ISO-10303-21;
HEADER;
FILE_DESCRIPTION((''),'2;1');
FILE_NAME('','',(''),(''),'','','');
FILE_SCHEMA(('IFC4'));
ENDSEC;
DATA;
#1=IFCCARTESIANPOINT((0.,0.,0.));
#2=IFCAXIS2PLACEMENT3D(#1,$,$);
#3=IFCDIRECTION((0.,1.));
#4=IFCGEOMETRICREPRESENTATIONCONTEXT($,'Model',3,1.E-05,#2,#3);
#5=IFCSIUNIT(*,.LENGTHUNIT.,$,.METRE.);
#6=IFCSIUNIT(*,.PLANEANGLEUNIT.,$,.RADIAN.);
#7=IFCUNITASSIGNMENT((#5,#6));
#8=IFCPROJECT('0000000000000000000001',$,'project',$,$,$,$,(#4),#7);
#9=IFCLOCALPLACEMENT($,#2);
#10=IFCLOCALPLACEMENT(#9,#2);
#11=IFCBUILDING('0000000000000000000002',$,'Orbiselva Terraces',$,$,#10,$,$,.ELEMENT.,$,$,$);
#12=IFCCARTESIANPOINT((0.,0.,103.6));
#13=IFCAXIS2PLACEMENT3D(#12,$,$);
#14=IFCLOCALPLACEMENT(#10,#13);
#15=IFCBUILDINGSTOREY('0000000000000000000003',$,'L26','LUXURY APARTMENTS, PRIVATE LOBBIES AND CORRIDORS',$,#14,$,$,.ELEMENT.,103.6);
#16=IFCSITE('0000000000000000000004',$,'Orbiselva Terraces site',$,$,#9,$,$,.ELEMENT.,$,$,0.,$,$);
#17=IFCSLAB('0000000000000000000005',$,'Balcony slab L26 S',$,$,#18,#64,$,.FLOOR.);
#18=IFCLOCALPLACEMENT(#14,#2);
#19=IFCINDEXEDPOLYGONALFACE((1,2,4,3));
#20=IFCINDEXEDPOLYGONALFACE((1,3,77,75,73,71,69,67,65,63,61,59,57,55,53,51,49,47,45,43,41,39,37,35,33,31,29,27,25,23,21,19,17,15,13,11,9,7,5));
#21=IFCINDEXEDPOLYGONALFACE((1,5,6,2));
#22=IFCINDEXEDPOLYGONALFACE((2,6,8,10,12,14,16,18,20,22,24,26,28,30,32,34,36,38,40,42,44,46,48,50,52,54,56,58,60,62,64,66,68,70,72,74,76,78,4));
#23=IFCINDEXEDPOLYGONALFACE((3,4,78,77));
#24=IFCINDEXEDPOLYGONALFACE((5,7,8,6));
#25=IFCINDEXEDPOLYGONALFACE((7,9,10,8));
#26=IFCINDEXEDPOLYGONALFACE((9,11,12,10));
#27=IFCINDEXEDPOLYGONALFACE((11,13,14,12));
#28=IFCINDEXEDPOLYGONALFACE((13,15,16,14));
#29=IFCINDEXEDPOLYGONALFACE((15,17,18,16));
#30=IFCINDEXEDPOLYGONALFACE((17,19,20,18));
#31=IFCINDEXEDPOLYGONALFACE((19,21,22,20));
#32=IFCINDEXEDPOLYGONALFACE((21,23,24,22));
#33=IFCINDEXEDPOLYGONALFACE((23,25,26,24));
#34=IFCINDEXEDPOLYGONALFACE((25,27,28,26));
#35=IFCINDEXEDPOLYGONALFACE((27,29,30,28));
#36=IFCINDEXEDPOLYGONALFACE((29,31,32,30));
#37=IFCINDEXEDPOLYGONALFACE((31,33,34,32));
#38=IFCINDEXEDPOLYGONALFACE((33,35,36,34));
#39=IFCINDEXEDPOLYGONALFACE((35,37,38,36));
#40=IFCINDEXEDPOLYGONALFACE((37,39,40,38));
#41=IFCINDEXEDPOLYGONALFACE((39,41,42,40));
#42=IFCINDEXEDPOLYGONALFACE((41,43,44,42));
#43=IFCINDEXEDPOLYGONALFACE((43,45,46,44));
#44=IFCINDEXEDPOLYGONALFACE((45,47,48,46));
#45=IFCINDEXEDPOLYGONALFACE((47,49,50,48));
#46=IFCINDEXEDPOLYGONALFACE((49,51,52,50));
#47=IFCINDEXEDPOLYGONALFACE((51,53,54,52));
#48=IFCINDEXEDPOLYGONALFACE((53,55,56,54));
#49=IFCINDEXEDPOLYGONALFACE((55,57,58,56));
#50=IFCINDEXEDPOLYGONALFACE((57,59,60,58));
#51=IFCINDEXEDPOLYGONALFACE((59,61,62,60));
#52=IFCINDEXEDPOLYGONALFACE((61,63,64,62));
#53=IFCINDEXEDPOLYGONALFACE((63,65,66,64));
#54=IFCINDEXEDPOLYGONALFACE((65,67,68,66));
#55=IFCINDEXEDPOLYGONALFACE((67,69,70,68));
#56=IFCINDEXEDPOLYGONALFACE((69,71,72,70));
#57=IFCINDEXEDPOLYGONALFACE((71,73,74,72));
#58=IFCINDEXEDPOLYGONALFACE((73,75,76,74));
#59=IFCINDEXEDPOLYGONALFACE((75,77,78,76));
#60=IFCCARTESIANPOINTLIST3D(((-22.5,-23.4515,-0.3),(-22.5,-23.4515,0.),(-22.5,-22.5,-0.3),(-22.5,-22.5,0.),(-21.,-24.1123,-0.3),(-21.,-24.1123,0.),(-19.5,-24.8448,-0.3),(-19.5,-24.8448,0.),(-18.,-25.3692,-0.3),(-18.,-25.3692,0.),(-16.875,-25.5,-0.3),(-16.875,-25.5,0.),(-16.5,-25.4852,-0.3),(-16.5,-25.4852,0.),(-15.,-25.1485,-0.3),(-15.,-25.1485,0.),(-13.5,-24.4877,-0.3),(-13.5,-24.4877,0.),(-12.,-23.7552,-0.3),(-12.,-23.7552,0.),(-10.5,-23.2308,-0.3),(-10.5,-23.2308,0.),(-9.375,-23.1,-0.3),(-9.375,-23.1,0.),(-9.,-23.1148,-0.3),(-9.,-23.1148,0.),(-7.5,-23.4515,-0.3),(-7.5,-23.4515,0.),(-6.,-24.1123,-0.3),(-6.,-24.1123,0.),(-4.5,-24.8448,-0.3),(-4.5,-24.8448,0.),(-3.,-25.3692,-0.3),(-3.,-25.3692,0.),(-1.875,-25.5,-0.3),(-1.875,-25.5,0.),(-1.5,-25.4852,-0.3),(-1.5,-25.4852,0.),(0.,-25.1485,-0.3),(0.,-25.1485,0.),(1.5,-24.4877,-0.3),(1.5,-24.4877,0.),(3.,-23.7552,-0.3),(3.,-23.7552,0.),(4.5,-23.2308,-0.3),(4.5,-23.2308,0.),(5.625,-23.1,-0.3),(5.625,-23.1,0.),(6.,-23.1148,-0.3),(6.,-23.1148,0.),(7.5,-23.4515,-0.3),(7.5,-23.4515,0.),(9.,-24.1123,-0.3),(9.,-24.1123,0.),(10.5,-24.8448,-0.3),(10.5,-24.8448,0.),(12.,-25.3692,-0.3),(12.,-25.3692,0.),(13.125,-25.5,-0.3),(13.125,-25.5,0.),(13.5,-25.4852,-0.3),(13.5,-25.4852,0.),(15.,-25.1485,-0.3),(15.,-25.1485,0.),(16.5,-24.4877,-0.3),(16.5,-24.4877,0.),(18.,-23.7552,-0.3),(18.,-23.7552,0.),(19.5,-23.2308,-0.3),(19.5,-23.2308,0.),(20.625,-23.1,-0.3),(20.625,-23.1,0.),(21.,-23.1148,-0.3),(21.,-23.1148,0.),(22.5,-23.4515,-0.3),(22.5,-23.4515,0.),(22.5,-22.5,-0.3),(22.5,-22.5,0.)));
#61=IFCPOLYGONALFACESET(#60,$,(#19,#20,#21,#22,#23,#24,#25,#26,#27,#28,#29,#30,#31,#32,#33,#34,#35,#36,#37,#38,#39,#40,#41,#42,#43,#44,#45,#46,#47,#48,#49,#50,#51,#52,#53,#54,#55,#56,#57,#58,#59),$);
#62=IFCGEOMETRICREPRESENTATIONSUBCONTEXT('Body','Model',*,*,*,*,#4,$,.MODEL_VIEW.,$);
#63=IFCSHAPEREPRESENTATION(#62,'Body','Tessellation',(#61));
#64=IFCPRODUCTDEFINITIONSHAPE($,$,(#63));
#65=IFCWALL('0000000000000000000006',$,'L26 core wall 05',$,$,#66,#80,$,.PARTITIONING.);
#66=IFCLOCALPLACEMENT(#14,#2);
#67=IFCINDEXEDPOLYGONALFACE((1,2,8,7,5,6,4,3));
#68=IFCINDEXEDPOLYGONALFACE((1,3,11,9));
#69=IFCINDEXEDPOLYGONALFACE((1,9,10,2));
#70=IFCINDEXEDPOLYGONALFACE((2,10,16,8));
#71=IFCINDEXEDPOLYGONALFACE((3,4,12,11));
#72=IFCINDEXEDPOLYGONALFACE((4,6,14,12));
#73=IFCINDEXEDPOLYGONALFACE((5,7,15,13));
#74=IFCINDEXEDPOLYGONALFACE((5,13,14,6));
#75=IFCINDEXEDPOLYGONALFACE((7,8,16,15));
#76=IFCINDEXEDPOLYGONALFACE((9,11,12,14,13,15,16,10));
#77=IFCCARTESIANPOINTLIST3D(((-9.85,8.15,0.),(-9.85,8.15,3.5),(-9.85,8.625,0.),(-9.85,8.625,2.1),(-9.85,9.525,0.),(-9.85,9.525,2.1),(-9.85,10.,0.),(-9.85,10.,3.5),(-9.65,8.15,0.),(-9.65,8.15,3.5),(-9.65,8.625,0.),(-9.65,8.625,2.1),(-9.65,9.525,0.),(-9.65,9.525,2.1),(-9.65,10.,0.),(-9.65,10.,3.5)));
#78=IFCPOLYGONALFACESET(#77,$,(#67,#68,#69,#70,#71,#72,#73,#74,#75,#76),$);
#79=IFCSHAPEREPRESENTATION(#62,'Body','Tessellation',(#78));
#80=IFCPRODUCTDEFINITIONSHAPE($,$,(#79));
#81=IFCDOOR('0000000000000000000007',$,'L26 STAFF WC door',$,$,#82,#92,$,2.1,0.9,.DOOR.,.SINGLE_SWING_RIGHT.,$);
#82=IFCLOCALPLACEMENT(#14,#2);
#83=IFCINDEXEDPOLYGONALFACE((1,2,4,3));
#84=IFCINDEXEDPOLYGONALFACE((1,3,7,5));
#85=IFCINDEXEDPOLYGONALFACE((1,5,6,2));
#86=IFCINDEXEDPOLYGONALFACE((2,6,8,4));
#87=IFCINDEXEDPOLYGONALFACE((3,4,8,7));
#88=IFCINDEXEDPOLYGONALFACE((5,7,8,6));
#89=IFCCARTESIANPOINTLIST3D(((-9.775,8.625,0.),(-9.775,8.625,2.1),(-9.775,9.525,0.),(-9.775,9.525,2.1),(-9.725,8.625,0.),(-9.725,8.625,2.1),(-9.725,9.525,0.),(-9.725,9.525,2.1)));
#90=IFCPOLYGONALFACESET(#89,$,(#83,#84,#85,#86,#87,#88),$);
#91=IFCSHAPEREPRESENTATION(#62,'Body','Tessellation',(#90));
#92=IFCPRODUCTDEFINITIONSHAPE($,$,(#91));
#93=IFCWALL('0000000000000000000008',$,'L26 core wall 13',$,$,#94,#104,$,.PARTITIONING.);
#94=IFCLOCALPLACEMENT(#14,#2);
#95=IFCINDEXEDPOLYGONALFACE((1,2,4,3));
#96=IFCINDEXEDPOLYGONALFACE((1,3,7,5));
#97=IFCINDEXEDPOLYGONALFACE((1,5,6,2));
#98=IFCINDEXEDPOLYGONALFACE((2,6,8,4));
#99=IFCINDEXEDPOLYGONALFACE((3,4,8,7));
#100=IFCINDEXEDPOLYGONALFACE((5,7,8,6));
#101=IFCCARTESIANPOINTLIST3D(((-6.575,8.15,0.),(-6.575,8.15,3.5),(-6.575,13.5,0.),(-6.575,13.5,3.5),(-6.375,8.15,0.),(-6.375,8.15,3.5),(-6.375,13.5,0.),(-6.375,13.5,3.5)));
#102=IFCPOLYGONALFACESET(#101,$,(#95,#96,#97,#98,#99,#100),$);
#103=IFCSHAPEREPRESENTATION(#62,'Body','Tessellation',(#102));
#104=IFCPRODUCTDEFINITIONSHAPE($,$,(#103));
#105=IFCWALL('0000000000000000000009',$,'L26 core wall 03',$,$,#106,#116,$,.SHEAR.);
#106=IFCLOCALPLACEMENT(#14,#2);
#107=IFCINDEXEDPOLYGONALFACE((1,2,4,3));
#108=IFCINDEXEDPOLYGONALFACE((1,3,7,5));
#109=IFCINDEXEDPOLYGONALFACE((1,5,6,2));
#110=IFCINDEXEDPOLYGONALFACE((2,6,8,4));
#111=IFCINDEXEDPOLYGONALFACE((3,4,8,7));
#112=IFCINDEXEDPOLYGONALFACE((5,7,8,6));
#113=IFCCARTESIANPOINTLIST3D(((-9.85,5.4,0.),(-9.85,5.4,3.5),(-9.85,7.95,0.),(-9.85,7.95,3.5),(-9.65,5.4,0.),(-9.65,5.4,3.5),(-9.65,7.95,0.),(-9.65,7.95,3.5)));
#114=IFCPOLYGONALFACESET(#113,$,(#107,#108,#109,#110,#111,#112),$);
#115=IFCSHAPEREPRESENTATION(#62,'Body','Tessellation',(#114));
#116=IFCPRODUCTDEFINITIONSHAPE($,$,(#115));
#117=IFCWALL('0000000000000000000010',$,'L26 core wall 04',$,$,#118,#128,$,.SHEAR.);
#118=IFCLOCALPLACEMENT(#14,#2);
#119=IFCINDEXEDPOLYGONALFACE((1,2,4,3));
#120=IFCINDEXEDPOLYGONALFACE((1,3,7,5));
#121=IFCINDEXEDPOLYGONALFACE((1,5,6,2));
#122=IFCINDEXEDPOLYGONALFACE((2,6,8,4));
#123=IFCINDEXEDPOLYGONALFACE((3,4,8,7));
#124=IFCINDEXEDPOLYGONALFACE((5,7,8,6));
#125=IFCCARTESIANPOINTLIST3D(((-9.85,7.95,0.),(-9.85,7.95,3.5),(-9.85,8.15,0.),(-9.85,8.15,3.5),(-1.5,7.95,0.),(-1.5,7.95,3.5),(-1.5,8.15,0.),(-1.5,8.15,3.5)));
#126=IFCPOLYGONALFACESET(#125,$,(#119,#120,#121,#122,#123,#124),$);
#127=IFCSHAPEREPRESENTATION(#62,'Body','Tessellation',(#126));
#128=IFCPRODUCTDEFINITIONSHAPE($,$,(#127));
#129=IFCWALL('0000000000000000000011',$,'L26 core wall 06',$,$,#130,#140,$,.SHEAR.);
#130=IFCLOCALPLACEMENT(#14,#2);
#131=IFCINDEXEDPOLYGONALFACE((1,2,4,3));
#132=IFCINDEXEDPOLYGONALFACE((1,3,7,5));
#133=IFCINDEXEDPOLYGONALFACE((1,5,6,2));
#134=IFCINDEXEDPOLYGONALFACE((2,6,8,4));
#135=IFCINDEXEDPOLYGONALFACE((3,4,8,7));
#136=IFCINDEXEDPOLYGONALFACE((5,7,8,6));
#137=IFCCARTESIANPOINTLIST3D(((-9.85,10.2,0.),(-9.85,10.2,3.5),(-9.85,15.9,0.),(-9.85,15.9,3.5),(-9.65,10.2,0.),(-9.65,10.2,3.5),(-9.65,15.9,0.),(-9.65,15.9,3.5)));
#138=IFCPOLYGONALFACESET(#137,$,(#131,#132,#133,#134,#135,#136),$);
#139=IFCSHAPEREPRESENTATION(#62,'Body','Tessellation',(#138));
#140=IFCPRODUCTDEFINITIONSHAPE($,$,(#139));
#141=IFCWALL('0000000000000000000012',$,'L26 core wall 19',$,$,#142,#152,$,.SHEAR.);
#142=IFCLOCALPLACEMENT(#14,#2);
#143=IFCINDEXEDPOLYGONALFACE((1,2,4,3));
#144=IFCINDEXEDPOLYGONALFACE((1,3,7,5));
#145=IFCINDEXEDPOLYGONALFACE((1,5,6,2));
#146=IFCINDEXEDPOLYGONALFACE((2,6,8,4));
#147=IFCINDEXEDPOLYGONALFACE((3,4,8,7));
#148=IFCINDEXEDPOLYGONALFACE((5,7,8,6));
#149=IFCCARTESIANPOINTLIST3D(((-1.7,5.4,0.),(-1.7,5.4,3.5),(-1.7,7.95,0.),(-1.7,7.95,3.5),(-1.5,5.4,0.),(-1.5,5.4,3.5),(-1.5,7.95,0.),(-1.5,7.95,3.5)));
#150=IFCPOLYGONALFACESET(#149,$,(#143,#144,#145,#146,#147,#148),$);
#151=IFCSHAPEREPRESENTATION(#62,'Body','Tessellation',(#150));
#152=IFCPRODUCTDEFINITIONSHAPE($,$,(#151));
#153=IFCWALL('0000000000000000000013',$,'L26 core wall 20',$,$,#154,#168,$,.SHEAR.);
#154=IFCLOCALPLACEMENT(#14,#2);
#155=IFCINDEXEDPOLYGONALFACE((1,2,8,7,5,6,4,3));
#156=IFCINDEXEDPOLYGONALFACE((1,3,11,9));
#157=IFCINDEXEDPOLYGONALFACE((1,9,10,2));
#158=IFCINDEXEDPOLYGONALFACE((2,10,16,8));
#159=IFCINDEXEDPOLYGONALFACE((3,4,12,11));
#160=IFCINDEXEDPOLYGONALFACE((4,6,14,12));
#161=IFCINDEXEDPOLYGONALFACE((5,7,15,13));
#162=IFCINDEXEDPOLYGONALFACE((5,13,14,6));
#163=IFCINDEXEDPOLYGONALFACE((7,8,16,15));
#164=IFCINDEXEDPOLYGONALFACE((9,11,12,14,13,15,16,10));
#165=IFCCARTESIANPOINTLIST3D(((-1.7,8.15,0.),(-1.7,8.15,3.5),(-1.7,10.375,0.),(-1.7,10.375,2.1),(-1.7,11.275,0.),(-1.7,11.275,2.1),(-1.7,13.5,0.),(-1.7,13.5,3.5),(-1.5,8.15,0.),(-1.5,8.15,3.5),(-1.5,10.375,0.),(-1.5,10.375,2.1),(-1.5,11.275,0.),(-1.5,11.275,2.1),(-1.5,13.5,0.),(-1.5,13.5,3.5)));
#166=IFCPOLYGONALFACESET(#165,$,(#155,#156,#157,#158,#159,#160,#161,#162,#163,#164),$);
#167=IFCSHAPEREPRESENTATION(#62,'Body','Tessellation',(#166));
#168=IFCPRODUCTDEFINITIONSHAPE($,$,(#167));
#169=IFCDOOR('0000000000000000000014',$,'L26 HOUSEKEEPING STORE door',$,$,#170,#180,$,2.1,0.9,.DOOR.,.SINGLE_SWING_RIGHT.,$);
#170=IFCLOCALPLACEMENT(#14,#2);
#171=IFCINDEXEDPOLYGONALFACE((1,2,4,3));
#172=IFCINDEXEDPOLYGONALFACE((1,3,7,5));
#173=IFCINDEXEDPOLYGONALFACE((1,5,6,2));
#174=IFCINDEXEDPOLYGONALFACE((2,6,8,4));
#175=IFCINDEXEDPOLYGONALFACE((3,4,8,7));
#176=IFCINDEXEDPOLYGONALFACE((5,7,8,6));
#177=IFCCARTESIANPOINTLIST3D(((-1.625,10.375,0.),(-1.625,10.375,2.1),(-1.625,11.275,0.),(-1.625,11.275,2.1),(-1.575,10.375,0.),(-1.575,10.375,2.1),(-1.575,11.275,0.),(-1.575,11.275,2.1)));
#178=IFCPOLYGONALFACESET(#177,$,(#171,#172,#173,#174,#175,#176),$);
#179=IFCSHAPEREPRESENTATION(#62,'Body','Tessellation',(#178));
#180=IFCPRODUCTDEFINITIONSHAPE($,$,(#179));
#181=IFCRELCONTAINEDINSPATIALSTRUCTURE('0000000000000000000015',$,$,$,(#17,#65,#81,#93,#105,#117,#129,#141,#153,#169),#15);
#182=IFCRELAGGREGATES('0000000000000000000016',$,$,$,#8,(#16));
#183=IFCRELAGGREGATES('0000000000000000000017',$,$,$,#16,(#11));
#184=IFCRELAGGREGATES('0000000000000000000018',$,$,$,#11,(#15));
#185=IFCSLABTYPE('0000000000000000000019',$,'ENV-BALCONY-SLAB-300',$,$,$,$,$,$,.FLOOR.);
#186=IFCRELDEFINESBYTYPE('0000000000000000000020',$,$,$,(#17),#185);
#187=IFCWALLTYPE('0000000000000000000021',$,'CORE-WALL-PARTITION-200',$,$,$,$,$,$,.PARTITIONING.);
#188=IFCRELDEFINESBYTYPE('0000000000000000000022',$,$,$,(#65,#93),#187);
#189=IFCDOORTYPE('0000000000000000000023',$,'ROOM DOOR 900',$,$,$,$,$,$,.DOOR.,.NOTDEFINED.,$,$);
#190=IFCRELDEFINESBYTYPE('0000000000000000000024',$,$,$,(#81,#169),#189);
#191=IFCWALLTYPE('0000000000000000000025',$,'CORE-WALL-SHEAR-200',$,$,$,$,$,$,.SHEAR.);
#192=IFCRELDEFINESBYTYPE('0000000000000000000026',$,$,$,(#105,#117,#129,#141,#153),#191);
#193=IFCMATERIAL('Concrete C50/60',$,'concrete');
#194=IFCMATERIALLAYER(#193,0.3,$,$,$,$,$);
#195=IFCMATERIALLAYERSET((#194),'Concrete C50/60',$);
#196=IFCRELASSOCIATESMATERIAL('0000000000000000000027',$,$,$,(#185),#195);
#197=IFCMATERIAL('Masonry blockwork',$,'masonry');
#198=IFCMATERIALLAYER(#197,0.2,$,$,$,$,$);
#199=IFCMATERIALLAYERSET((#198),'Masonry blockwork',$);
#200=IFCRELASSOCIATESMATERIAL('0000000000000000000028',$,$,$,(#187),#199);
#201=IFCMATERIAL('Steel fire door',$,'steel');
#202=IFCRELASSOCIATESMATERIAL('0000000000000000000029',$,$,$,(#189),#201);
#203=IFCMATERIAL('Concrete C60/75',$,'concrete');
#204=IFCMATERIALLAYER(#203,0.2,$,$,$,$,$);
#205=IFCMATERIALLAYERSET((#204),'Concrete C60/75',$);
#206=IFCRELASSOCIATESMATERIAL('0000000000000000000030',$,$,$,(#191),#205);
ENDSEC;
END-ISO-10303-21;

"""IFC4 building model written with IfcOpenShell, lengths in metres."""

from ifc_helpers import new_model, si_unit, direction, frame, frame_2d, origin, place, context, subcontext, project, spatial, polyline, rectangle, outline, extrude, material, layer, layer_set, type_object, element, fill, save


model = new_model("IFC4")

# Units and contexts
model_context = context("Model", 3, precision=1e-05, world=origin(), true_north=direction((0.0, 1.0)))
body_context = subcontext(model_context, "Body", "Model", "MODEL_VIEW")
ifc_project = project(units=[si_unit("LENGTHUNIT", "METRE"), si_unit("PLANEANGLEUNIT", "RADIAN")], contexts=[model_context])

# Site, building, storey
site_placement = place(None, origin())
site = spatial("IfcSite", under=ifc_project, at=site_placement, Name="Orbiselva Terraces site", CompositionType="ELEMENT", RefElevation=0.0)
building_placement = place(site_placement, origin())
building = spatial("IfcBuilding", under=site, at=building_placement, Name="Orbiselva Terraces", CompositionType="ELEMENT")
storey_placement = place(building_placement, frame((0.0, 0.0, 103.6)))
storey = spatial("IfcBuildingStorey", under=building, at=storey_placement, Name="L26", Description="LUXURY APARTMENTS, PRIVATE LOBBIES AND CORRIDORS", CompositionType="ELEMENT", Elevation=103.6)

# Slab
ifc_material_1 = material(Name="Concrete C50/60", Category="concrete")
ifc_layer_1 = layer(ifc_material_1, 0.3)
ifc_layer_set_1 = layer_set([ifc_layer_1], Name="Concrete C50/60")
slab_type = type_object("IfcSlabType", Name="ENV-BALCONY-SLAB-300", PredefinedType="FLOOR", material=ifc_layer_set_1)
slab_placement = place(storey_placement, frame((0.0, 0.0, -0.3)))
element("IfcSlab", 1, at=slab_placement, inside=storey, type_object=slab_type, Name="Balcony slab L26 S", PredefinedType="FLOOR", context=body_context, shape_type="SweptSolid", body=[
    extrude(outline(polyline([(-22.5, -23.4515), (-21.0, -24.1123), (-19.5, -24.8448), (-18.0, -25.3692), (-16.875, -25.5), (-16.5, -25.4852), (-15.0, -25.1485), (-13.5, -24.4877), (-12.0, -23.7552), (-10.5, -23.2308), (-9.375, -23.1), (-9.0, -23.1148), (-7.5, -23.4515), (-6.0, -24.1123), (-4.5, -24.8448), (-3.0, -25.3692), (-1.875, -25.5), (-1.5, -25.4852), (0.0, -25.1485), (1.5, -24.4877), (3.0, -23.7552), (4.5, -23.2308), (5.625, -23.1), (6.0, -23.1148), (7.5, -23.4515), (9.0, -24.1123), (10.5, -24.8448), (12.0, -25.3692), (13.125, -25.5), (13.5, -25.4852), (15.0, -25.1485), (16.5, -24.4877), (18.0, -23.7552), (19.5, -23.2308), (20.625, -23.1), (21.0, -23.1148), (22.5, -23.4515), (22.5, -22.5), (-22.5, -22.5), (-22.5, -23.4515)])), origin(), (0.0, 0.0, 1.0), 0.3),
])

# Wall, opening, door
ifc_material_2 = material(Name="Masonry blockwork", Category="masonry")
ifc_layer_2 = layer(ifc_material_2, 0.2)
ifc_layer_set_2 = layer_set([ifc_layer_2], Name="Masonry blockwork")
wall_type_1 = type_object("IfcWallType", Name="CORE-WALL-PARTITION-200", PredefinedType="PARTITIONING", material=ifc_layer_set_2)
wall_1_placement = place(storey_placement, frame((-9.75, 8.15, 0.0), z_axis=(0.0, 0.0, 1.0), x_axis=(0.0, 1.0, 0.0)))
wall_1 = element("IfcWall", 2, at=wall_1_placement, inside=storey, type_object=wall_type_1, Name="L26 core wall 05", PredefinedType="PARTITIONING", context=body_context, shape_type="SweptSolid", body=[
    extrude(rectangle(XDim=1.85, YDim=0.2, at=frame_2d((0.925, 0.0))), origin(), (0.0, 0.0, 1.0), 3.5),
])
opening_1_placement = place(wall_1_placement, frame((0.475, 0.0, 0.0)))
opening_1 = element("IfcOpeningElement", 3, at=opening_1_placement, cuts=wall_1, PredefinedType="OPENING", context=body_context, shape_type="SweptSolid", body=[
    extrude(rectangle(XDim=0.9, YDim=2.1, at=frame_2d((0.45, 1.05))), frame((0.0, 0.11, 0.0), z_axis=(0.0, -1.0, 0.0), x_axis=(1.0, 0.0, 0.0)), (0.0, 0.0, 1.0), 0.22),
])
ifc_material_3 = material(Name="Steel fire door", Category="steel")
door_type = type_object("IfcDoorType", Name="ROOM DOOR 900", OperationType="NOTDEFINED", PredefinedType="DOOR", material=ifc_material_3)
door_1_placement = place(opening_1_placement, origin())
door_1 = element("IfcDoor", 4, at=door_1_placement, inside=storey, type_object=door_type, Name="L26 STAFF WC door", OperationType="SINGLE_SWING_RIGHT", OverallHeight=2.1, OverallWidth=0.9, PredefinedType="DOOR", context=body_context, shape_type="SweptSolid", body=[
    extrude(rectangle(XDim=0.9, YDim=2.1, at=frame_2d((0.45, 1.05))), frame((0.0, 0.025, 0.0), z_axis=(0.0, -1.0, 0.0), x_axis=(1.0, 0.0, 0.0)), (0.0, 0.0, 1.0), 0.05),
])
fill(opening_1, door_1)

# Walls
wall_2_placement = place(storey_placement, frame((-6.475, 8.15, 0.0), z_axis=(0.0, 0.0, 1.0), x_axis=(0.0, 1.0, 0.0)))
element("IfcWall", 5, at=wall_2_placement, inside=storey, type_object=wall_type_1, Name="L26 core wall 13", PredefinedType="PARTITIONING", context=body_context, shape_type="SweptSolid", body=[
    extrude(rectangle(XDim=5.35, YDim=0.2, at=frame_2d((2.675, 0.0))), origin(), (0.0, 0.0, 1.0), 3.5),
])
ifc_material_4 = material(Name="Concrete C60/75", Category="concrete")
ifc_layer_3 = layer(ifc_material_4, 0.2)
ifc_layer_set_3 = layer_set([ifc_layer_3], Name="Concrete C60/75")
wall_type_2 = type_object("IfcWallType", Name="CORE-WALL-SHEAR-200", PredefinedType="SHEAR", material=ifc_layer_set_3)
wall_3_placement = place(storey_placement, frame((-9.75, 5.4, 0.0), z_axis=(0.0, 0.0, 1.0), x_axis=(0.0, 1.0, 0.0)))
element("IfcWall", 6, at=wall_3_placement, inside=storey, type_object=wall_type_2, Name="L26 core wall 03", PredefinedType="SHEAR", context=body_context, shape_type="SweptSolid", body=[
    extrude(rectangle(XDim=2.55, YDim=0.2, at=frame_2d((1.275, 0.0))), origin(), (0.0, 0.0, 1.0), 3.5),
])
wall_4_placement = place(storey_placement, frame((-9.85, 8.05, 0.0), z_axis=(0.0, 0.0, 1.0), x_axis=(1.0, 0.0, 0.0)))
element("IfcWall", 7, at=wall_4_placement, inside=storey, type_object=wall_type_2, Name="L26 core wall 04", PredefinedType="SHEAR", context=body_context, shape_type="SweptSolid", body=[
    extrude(rectangle(XDim=8.35, YDim=0.2, at=frame_2d((4.175, 0.0))), origin(), (0.0, 0.0, 1.0), 3.5),
])
wall_5_placement = place(storey_placement, frame((-9.75, 10.2, 0.0), z_axis=(0.0, 0.0, 1.0), x_axis=(0.0, 1.0, 0.0)))
element("IfcWall", 8, at=wall_5_placement, inside=storey, type_object=wall_type_2, Name="L26 core wall 06", PredefinedType="SHEAR", context=body_context, shape_type="SweptSolid", body=[
    extrude(rectangle(XDim=5.7, YDim=0.2, at=frame_2d((2.85, 0.0))), origin(), (0.0, 0.0, 1.0), 3.5),
])
wall_6_placement = place(storey_placement, frame((-1.6, 5.4, 0.0), z_axis=(0.0, 0.0, 1.0), x_axis=(0.0, 1.0, 0.0)))
element("IfcWall", 9, at=wall_6_placement, inside=storey, type_object=wall_type_2, Name="L26 core wall 19", PredefinedType="SHEAR", context=body_context, shape_type="SweptSolid", body=[
    extrude(rectangle(XDim=2.55, YDim=0.2, at=frame_2d((1.275, 0.0))), origin(), (0.0, 0.0, 1.0), 3.5),
])

# Wall, opening, door
wall_7_placement = place(storey_placement, frame((-1.6, 8.15, 0.0), z_axis=(0.0, 0.0, 1.0), x_axis=(0.0, 1.0, 0.0)))
wall_7 = element("IfcWall", 10, at=wall_7_placement, inside=storey, type_object=wall_type_2, Name="L26 core wall 20", PredefinedType="SHEAR", context=body_context, shape_type="SweptSolid", body=[
    extrude(rectangle(XDim=5.35, YDim=0.2, at=frame_2d((2.675, 0.0))), origin(), (0.0, 0.0, 1.0), 3.5),
])
opening_2_placement = place(wall_7_placement, frame((2.225, 0.0, 0.0)))
opening_2 = element("IfcOpeningElement", 11, at=opening_2_placement, cuts=wall_7, PredefinedType="OPENING", context=body_context, shape_type="SweptSolid", body=[
    extrude(rectangle(XDim=0.9, YDim=2.1, at=frame_2d((0.45, 1.05))), frame((0.0, 0.11, 0.0), z_axis=(0.0, -1.0, 0.0), x_axis=(1.0, 0.0, 0.0)), (0.0, 0.0, 1.0), 0.22),
])
door_2_placement = place(opening_2_placement, origin())
door_2 = element("IfcDoor", 12, at=door_2_placement, inside=storey, type_object=door_type, Name="L26 HOUSEKEEPING STORE door", OperationType="SINGLE_SWING_RIGHT", OverallHeight=2.1, OverallWidth=0.9, PredefinedType="DOOR", context=body_context, shape_type="SweptSolid", body=[
    extrude(rectangle(XDim=0.9, YDim=2.1, at=frame_2d((0.45, 1.05))), frame((0.0, 0.025, 0.0), z_axis=(0.0, -1.0, 0.0), x_axis=(1.0, 0.0, 0.0)), (0.0, 0.0, 1.0), 0.05),
])
fill(opening_2, door_2)

save(model, "model.ifc")
